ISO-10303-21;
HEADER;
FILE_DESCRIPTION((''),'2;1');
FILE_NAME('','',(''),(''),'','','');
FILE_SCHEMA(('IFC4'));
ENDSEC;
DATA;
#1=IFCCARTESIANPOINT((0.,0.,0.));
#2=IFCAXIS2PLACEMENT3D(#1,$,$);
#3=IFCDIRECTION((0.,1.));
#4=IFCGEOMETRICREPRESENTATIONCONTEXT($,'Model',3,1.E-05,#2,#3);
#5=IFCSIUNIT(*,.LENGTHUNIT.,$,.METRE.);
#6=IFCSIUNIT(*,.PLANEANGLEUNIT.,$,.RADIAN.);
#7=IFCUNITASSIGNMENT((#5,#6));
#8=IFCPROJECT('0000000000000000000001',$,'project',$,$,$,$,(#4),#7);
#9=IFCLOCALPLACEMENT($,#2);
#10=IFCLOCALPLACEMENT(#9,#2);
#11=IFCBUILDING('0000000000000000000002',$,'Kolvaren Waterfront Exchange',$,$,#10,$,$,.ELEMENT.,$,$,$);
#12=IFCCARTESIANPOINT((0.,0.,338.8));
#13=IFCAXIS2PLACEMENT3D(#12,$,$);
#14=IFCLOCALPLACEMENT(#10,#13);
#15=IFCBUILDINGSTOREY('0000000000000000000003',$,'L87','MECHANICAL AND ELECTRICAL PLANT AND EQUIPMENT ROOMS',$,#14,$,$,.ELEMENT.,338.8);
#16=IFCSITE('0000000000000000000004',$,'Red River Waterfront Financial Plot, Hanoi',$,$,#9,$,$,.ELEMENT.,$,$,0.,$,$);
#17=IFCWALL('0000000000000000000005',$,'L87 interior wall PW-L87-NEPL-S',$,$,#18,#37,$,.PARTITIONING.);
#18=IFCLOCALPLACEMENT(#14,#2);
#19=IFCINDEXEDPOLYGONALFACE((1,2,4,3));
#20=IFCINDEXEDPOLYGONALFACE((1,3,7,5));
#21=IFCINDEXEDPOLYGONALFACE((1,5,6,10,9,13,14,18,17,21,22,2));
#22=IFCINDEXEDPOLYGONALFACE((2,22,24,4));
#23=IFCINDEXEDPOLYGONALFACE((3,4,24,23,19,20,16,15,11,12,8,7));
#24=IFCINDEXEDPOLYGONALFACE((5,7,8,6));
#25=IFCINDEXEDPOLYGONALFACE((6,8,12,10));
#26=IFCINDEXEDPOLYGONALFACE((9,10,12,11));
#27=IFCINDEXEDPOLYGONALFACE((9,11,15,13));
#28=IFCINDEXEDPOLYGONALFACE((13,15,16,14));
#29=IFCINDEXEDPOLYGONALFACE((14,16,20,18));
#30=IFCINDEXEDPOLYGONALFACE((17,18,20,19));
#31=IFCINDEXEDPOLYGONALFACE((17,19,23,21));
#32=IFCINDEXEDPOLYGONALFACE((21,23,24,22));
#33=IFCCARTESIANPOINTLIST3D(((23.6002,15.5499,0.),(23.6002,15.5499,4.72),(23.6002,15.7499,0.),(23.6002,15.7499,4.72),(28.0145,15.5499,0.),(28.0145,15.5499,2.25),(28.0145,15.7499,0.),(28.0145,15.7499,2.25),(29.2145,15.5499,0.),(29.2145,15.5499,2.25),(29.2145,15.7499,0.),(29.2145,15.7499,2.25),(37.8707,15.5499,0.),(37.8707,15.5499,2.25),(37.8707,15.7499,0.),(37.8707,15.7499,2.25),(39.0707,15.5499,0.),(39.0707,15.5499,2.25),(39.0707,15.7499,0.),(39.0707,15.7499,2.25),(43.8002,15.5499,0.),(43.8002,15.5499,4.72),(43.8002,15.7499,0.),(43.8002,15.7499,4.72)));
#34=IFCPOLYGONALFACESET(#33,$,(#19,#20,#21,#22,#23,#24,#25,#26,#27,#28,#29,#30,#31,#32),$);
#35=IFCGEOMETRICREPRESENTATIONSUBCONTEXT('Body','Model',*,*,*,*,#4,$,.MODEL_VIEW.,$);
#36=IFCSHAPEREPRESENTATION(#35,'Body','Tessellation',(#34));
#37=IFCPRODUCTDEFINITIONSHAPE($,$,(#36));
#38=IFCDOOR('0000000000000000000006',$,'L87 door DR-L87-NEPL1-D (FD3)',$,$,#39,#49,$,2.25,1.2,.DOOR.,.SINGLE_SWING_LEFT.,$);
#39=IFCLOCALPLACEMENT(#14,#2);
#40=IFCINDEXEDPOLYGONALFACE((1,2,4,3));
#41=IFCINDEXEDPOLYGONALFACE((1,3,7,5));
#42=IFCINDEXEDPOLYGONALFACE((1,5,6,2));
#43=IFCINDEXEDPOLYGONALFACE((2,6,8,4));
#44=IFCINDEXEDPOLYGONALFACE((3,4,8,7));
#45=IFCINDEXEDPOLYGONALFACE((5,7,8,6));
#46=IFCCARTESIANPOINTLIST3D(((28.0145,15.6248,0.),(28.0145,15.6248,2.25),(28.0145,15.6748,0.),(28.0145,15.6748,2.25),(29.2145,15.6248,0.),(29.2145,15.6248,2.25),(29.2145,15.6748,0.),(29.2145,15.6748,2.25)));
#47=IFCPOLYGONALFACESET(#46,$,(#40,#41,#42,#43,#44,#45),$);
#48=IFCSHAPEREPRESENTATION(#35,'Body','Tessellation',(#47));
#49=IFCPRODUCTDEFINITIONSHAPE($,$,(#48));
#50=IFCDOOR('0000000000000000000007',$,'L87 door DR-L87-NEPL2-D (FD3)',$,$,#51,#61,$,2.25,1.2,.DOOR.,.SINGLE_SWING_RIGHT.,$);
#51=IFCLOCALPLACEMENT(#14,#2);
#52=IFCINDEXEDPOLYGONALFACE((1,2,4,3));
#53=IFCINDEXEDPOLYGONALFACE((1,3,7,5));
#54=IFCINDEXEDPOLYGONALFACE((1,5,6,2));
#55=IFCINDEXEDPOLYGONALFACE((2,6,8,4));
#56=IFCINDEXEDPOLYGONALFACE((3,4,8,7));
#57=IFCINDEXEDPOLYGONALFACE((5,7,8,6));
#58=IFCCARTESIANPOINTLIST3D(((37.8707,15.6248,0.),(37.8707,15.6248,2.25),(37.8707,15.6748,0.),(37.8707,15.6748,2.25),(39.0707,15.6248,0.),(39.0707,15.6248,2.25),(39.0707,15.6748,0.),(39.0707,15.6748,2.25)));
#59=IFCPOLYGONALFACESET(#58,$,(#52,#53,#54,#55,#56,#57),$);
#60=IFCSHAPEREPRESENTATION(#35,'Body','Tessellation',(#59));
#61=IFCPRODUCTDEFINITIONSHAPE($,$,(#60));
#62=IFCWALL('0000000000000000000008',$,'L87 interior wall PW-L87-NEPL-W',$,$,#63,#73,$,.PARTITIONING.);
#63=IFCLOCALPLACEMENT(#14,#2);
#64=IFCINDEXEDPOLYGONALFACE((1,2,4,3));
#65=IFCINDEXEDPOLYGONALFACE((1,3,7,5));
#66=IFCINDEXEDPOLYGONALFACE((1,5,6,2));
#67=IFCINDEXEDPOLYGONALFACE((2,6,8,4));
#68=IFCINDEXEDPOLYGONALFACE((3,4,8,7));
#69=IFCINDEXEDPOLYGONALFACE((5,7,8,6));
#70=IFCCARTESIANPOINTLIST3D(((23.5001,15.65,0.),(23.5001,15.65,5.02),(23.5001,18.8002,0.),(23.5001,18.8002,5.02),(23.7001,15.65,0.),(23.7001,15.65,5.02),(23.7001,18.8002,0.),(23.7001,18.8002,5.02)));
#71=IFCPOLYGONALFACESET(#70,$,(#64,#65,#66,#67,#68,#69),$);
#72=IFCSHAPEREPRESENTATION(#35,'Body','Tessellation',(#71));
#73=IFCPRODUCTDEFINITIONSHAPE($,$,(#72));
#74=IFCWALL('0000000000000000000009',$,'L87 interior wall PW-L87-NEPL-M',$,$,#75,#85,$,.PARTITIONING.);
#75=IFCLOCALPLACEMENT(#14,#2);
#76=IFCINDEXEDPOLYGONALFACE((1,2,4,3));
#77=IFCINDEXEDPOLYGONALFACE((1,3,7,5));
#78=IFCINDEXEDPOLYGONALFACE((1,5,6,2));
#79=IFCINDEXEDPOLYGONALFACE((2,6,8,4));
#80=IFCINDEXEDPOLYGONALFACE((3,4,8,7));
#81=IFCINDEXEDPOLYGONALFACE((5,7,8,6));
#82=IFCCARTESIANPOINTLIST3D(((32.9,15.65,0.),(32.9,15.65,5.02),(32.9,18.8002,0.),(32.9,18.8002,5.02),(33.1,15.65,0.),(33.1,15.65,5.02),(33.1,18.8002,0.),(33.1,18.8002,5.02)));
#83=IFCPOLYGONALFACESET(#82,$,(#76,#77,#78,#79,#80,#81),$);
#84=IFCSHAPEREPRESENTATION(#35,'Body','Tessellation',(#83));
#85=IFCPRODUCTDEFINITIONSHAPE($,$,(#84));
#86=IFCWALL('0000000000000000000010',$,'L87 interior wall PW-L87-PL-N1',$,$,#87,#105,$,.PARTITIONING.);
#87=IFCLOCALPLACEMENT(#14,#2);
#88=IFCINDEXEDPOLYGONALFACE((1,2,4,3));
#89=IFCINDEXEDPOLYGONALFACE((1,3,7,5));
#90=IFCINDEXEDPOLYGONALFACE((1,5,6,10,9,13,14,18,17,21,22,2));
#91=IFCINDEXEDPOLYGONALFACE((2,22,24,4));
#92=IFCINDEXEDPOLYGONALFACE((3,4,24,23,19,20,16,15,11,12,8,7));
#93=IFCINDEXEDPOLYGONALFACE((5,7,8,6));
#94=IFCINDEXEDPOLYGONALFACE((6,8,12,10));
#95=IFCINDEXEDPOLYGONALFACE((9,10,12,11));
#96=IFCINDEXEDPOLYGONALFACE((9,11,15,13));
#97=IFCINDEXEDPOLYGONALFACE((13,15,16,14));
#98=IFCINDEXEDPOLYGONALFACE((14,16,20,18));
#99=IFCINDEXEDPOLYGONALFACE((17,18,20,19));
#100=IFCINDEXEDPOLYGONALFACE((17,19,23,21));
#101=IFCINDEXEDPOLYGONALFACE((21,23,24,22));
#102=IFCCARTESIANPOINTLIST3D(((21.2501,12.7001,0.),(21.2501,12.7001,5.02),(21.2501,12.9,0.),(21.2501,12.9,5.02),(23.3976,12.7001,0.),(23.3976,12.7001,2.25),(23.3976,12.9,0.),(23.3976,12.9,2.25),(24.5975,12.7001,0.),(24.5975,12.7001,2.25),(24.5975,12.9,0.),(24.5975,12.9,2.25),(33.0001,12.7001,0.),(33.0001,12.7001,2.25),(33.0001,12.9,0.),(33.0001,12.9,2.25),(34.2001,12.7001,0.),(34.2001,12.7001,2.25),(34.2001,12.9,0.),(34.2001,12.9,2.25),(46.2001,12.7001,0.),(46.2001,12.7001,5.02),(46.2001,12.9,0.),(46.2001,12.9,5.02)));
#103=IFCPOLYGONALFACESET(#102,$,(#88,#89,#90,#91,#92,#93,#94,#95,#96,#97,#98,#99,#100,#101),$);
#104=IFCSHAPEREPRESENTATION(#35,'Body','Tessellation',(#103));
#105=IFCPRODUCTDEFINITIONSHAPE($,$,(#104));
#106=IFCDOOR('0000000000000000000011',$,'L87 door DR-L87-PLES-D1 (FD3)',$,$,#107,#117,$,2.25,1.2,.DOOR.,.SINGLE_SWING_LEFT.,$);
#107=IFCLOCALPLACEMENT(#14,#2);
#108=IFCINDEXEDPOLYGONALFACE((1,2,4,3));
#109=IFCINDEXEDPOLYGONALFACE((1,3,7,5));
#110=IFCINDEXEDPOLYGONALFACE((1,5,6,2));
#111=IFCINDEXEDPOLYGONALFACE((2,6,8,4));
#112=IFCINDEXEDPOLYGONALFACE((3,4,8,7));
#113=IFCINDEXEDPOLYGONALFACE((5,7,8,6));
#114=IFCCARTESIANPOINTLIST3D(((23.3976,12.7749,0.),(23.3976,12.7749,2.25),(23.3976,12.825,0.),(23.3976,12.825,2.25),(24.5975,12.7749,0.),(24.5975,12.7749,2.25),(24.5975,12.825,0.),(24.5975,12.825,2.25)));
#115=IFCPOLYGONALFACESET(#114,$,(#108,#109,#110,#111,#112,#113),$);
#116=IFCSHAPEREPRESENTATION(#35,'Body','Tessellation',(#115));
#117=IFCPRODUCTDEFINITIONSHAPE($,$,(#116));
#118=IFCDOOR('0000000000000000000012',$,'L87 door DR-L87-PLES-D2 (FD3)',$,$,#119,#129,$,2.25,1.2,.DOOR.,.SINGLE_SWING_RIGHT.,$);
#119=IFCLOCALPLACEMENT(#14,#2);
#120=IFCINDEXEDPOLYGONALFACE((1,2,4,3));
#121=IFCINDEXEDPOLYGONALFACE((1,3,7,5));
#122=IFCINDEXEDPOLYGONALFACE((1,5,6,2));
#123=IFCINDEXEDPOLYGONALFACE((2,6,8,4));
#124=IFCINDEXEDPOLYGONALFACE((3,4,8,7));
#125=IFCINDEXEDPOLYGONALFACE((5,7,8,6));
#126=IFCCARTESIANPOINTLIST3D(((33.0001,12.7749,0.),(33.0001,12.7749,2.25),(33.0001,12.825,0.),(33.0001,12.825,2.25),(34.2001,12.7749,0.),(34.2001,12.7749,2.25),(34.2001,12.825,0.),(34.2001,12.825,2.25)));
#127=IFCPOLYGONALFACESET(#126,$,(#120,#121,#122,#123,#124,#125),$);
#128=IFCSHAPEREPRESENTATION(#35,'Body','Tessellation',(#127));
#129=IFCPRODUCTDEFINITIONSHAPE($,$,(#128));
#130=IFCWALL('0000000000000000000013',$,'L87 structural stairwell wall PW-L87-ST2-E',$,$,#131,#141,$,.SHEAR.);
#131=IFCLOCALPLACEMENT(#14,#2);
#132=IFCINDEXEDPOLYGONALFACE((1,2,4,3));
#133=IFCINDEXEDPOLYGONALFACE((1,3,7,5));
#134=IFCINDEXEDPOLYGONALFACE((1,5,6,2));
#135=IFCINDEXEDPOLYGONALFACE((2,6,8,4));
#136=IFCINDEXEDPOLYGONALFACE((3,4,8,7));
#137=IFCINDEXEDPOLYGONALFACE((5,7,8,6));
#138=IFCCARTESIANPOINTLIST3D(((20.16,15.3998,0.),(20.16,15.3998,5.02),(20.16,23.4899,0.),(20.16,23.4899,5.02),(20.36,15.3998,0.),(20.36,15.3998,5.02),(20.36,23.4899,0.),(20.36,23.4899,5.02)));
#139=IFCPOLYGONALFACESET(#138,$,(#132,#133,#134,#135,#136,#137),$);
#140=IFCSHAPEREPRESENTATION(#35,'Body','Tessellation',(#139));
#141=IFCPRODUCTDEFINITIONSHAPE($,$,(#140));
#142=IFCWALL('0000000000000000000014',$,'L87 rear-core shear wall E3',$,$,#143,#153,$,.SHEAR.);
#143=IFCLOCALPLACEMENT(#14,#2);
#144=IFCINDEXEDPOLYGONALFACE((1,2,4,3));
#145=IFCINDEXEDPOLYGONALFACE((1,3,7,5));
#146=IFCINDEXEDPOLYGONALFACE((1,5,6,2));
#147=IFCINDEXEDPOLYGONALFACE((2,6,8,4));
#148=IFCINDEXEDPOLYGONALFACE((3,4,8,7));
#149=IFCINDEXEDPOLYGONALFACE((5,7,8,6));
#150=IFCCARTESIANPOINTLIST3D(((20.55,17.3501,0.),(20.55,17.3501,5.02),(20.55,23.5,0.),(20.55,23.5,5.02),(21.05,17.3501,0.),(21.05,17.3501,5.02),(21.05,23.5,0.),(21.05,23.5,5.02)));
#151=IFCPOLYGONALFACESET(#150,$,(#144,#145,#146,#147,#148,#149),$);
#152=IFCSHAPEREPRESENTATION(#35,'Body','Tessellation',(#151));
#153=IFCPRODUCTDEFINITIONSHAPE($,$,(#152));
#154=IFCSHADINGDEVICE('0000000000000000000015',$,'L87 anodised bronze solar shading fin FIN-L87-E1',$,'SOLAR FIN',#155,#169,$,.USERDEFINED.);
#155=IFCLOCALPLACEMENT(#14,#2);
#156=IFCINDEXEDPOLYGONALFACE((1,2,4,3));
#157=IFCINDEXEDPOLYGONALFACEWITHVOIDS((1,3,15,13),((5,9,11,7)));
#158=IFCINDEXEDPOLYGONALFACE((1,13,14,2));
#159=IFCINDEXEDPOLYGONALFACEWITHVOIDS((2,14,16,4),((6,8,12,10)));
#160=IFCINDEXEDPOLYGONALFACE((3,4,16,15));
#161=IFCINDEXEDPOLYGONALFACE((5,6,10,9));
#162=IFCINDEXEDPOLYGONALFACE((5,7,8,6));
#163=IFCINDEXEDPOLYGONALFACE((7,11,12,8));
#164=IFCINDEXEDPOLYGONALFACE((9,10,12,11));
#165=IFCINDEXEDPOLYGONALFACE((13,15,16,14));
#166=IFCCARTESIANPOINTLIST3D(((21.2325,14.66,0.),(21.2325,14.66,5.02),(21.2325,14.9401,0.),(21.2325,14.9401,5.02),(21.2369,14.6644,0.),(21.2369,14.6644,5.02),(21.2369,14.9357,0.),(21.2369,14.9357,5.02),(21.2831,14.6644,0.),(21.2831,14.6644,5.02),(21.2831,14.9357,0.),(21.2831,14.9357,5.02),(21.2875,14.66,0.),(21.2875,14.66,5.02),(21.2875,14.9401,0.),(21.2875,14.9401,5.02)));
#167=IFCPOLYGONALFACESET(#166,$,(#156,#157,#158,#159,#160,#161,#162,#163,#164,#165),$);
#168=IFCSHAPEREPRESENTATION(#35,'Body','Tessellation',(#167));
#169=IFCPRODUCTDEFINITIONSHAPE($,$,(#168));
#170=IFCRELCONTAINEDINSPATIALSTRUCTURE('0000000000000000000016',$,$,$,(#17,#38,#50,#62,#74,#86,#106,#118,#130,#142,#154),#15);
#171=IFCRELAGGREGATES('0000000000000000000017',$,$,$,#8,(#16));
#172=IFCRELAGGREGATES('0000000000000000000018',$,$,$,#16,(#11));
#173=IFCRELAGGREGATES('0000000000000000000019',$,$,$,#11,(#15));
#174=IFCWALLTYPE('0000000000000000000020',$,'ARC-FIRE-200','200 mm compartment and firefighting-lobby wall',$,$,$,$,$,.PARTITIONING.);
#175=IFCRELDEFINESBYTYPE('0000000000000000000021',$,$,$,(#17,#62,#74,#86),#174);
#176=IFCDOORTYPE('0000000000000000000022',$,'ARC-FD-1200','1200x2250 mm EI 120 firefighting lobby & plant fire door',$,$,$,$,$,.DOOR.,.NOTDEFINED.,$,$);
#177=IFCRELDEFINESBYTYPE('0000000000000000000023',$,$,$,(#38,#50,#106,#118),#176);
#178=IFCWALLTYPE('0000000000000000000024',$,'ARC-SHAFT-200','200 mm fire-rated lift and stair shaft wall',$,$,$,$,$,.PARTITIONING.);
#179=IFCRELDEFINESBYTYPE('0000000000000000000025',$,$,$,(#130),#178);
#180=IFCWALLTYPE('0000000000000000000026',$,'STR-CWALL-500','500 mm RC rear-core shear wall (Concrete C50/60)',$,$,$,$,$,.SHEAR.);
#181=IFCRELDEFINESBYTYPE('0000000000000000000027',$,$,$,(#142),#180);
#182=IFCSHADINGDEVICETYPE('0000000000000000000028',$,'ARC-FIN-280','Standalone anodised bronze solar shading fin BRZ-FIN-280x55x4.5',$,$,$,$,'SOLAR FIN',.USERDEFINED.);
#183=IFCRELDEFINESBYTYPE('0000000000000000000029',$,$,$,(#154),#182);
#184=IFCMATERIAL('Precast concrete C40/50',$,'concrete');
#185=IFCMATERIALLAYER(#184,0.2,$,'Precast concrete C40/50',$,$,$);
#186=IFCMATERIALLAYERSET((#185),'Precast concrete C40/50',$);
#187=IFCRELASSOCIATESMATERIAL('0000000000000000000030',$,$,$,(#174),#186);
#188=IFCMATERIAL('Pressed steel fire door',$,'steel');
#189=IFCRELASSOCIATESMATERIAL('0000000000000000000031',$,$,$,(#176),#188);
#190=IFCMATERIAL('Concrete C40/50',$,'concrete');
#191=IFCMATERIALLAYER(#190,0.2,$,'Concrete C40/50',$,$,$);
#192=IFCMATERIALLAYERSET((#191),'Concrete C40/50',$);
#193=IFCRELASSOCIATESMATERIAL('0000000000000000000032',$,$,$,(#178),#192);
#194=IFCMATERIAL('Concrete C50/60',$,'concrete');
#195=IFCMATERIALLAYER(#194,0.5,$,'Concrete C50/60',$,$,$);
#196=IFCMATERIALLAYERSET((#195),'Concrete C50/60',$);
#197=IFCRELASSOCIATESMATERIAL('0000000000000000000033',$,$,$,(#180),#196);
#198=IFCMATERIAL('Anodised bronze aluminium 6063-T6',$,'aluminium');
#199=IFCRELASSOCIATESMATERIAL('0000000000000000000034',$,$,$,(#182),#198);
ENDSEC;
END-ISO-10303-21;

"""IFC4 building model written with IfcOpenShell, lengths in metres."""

from ifc_helpers import new_model, si_unit, direction, frame, frame_2d, origin, origin_2d, place, context, subcontext, project, spatial, rectangle, hollow_rectangle, extrude, material, layer, layer_set, material_profile, profile_set, type_object, element, fill, save


model = new_model("IFC4")

# Units and contexts
model_context = context("Model", 3, precision=1e-05, world=origin(), true_north=direction((0.0, 1.0)))
body_context = subcontext(model_context, "Body", "Model", "MODEL_VIEW")
ifc_project = project(units=[si_unit("LENGTHUNIT", "METRE"), si_unit("PLANEANGLEUNIT", "RADIAN")], contexts=[model_context])

# Site, building, storey
site_placement = place(None, origin())
site = spatial("IfcSite", under=ifc_project, at=site_placement, Name="Red River Waterfront Financial Plot, Hanoi", CompositionType="ELEMENT", RefElevation=0.0)
building_placement = place(site_placement, origin())
building = spatial("IfcBuilding", under=site, at=building_placement, Name="Kolvaren Waterfront Exchange", CompositionType="ELEMENT")
storey_placement = place(building_placement, frame((0.0, 0.0, 338.8)))
storey = spatial("IfcBuildingStorey", under=building, at=storey_placement, Name="L87", Description="MECHANICAL AND ELECTRICAL PLANT AND EQUIPMENT ROOMS", CompositionType="ELEMENT", Elevation=338.8)

# Shared definitions
ifc_material_1 = material(Name="Concrete C50/60", Category="concrete")

# Wall, openings, doors
ifc_material_2 = material(Name="Precast concrete C40/50", Category="concrete")
ifc_layer_1 = layer(ifc_material_2, 0.2, Name="Precast concrete C40/50")
ifc_layer_set_1 = layer_set([ifc_layer_1], Name="Precast concrete C40/50")
wall_type_1 = type_object("IfcWallType", Name="ARC-FIRE-200", Description="200 mm compartment and firefighting-lobby wall", PredefinedType="PARTITIONING", material=ifc_layer_set_1)
wall_1_placement = place(storey_placement, frame((23.6001, 15.6499, 0.0), z_axis=(0.0, 0.0, 1.0), x_axis=(1.0, 0.0, 0.0)))
wall_1 = element("IfcWall", 1, at=wall_1_placement, inside=storey, type_object=wall_type_1, Name="L87 interior wall PW-L87-NEPL-S", PredefinedType="PARTITIONING", context=body_context, shape_type="SweptSolid", body=[
    extrude(rectangle(XDim=20.2, YDim=0.2, at=frame_2d((10.1001, 0.0))), origin(), (0.0, 0.0, 1.0), 4.72),
])
opening_1_placement = place(wall_1_placement, frame((4.4143, 0.0, 0.0)))
opening_1 = element("IfcOpeningElement", 2, at=opening_1_placement, cuts=wall_1, PredefinedType="OPENING", context=body_context, shape_type="SweptSolid", body=[
    extrude(rectangle(XDim=1.2, YDim=2.25, at=frame_2d((0.6001, 1.125))), frame((0.0, 0.1099, 0.0), z_axis=(0.0, -1.0, 0.0), x_axis=(1.0, 0.0, 0.0)), (0.0, 0.0, 1.0), 0.22),
])
opening_2_placement = place(wall_1_placement, frame((14.2705, 0.0, 0.0)))
opening_2 = element("IfcOpeningElement", 3, at=opening_2_placement, cuts=wall_1, PredefinedType="OPENING", context=body_context, shape_type="SweptSolid", body=[
    extrude(rectangle(XDim=1.2, YDim=2.25, at=frame_2d((0.6001, 1.125))), frame((0.0, 0.1099, 0.0), z_axis=(0.0, -1.0, 0.0), x_axis=(1.0, 0.0, 0.0)), (0.0, 0.0, 1.0), 0.22),
])
ifc_material_3 = material(Name="Pressed steel fire door", Category="steel")
door_type = type_object("IfcDoorType", Name="ARC-FD-1200", Description="1200x2250 mm EI 120 firefighting lobby & plant fire door", OperationType="NOTDEFINED", PredefinedType="DOOR", material=ifc_material_3)
door_1_placement = place(opening_1_placement, origin())
door_1 = element("IfcDoor", 4, at=door_1_placement, inside=storey, type_object=door_type, Name="L87 door DR-L87-NEPL1-D (FD3)", OperationType="SINGLE_SWING_LEFT", OverallHeight=2.25, OverallWidth=1.2, PredefinedType="DOOR", context=body_context, shape_type="SweptSolid", body=[
    extrude(rectangle(XDim=1.2, YDim=2.25, at=frame_2d((0.6001, 1.125))), frame((0.0, 0.0249, 0.0), z_axis=(0.0, -1.0, 0.0), x_axis=(1.0, 0.0, 0.0)), (0.0, 0.0, 1.0), 0.05),
])
fill(opening_1, door_1)
door_2_placement = place(opening_2_placement, origin())
door_2 = element("IfcDoor", 5, at=door_2_placement, inside=storey, type_object=door_type, Name="L87 door DR-L87-NEPL2-D (FD3)", OperationType="SINGLE_SWING_RIGHT", OverallHeight=2.25, OverallWidth=1.2, PredefinedType="DOOR", context=body_context, shape_type="SweptSolid", body=[
    extrude(rectangle(XDim=1.2, YDim=2.25, at=frame_2d((0.6001, 1.125))), frame((0.0, 0.0249, 0.0), z_axis=(0.0, -1.0, 0.0), x_axis=(1.0, 0.0, 0.0)), (0.0, 0.0, 1.0), 0.05),
])
fill(opening_2, door_2)

# Walls
for number, where, z_axis, x_axis, name in (
    (6, (23.6001, 15.6499, 0.0), (0.0, 0.0, 1.0), (0.0, 1.0, 0.0), "L87 interior wall PW-L87-NEPL-W"),
    (7, (33.0, 15.6499, 0.0), (0.0, 0.0, 1.0), (0.0, 1.0, 0.0), "L87 interior wall PW-L87-NEPL-M"),
):
    element("IfcWall", number, at=place(storey_placement, frame(where, z_axis=z_axis, x_axis=x_axis)), inside=storey, type_object=wall_type_1, Name=name, PredefinedType="PARTITIONING", context=body_context, shape_type="SweptSolid", body=[
        extrude(rectangle(XDim=3.1501, YDim=0.2, at=frame_2d((1.5752, 0.0))), origin(), (0.0, 0.0, 1.0), 5.02),
    ])

# Wall, openings, doors
wall_2_placement = place(storey_placement, frame((21.25, 12.8, 0.0), z_axis=(0.0, 0.0, 1.0), x_axis=(1.0, 0.0, 0.0)))
wall_2 = element("IfcWall", 8, at=wall_2_placement, inside=storey, type_object=wall_type_1, Name="L87 interior wall PW-L87-PL-N1", PredefinedType="PARTITIONING", context=body_context, shape_type="SweptSolid", body=[
    extrude(rectangle(XDim=24.95, YDim=0.2, at=frame_2d((12.4751, 0.0))), origin(), (0.0, 0.0, 1.0), 5.02),
])
opening_3_placement = place(wall_2_placement, frame((2.1475, 0.0, 0.0)))
opening_3 = element("IfcOpeningElement", 9, at=opening_3_placement, cuts=wall_2, PredefinedType="OPENING", context=body_context, shape_type="SweptSolid", body=[
    extrude(rectangle(XDim=1.2, YDim=2.25, at=frame_2d((0.6001, 1.125))), frame((0.0, 0.1099, 0.0), z_axis=(0.0, -1.0, 0.0), x_axis=(1.0, 0.0, 0.0)), (0.0, 0.0, 1.0), 0.22),
])
opening_4_placement = place(wall_2_placement, frame((11.75, 0.0, 0.0)))
opening_4 = element("IfcOpeningElement", 10, at=opening_4_placement, cuts=wall_2, PredefinedType="OPENING", context=body_context, shape_type="SweptSolid", body=[
    extrude(rectangle(XDim=1.2, YDim=2.25, at=frame_2d((0.6001, 1.125))), frame((0.0, 0.1099, 0.0), z_axis=(0.0, -1.0, 0.0), x_axis=(1.0, 0.0, 0.0)), (0.0, 0.0, 1.0), 0.22),
])
door_3_placement = place(opening_3_placement, origin())
door_3 = element("IfcDoor", 11, at=door_3_placement, inside=storey, type_object=door_type, Name="L87 door DR-L87-PLES-D1 (FD3)", OperationType="SINGLE_SWING_LEFT", OverallHeight=2.25, OverallWidth=1.2, PredefinedType="DOOR", context=body_context, shape_type="SweptSolid", body=[
    extrude(rectangle(XDim=1.2, YDim=2.25, at=frame_2d((0.6001, 1.125))), frame((0.0, 0.0249, 0.0), z_axis=(0.0, -1.0, 0.0), x_axis=(1.0, 0.0, 0.0)), (0.0, 0.0, 1.0), 0.05),
])
fill(opening_3, door_3)
door_4_placement = place(opening_4_placement, origin())
door_4 = element("IfcDoor", 12, at=door_4_placement, inside=storey, type_object=door_type, Name="L87 door DR-L87-PLES-D2 (FD3)", OperationType="SINGLE_SWING_RIGHT", OverallHeight=2.25, OverallWidth=1.2, PredefinedType="DOOR", context=body_context, shape_type="SweptSolid", body=[
    extrude(rectangle(XDim=1.2, YDim=2.25, at=frame_2d((0.6001, 1.125))), frame((0.0, 0.0249, 0.0), z_axis=(0.0, -1.0, 0.0), x_axis=(1.0, 0.0, 0.0)), (0.0, 0.0, 1.0), 0.05),
])
fill(opening_4, door_4)

# Walls
ifc_material_4 = material(Name="Concrete C40/50", Category="concrete")
ifc_layer_2 = layer(ifc_material_4, 0.2, Name="Concrete C40/50")
ifc_layer_set_2 = layer_set([ifc_layer_2], Name="Concrete C40/50")
wall_type_2 = type_object("IfcWallType", Name="ARC-SHAFT-200", Description="200 mm fire-rated lift and stair shaft wall", PredefinedType="PARTITIONING", material=ifc_layer_set_2)
wall_3_placement = place(storey_placement, frame((20.26, 15.3999, 0.0), z_axis=(0.0, 0.0, 1.0), x_axis=(0.0, 1.0, 0.0)))
element("IfcWall", 13, at=wall_3_placement, inside=storey, type_object=wall_type_2, Name="L87 structural stairwell wall PW-L87-ST2-E", PredefinedType="SHEAR", context=body_context, shape_type="SweptSolid", body=[
    extrude(rectangle(XDim=8.0901, YDim=0.2, at=frame_2d((4.0449, 0.0))), origin(), (0.0, 0.0, 1.0), 5.02),
])
ifc_layer_3 = layer(ifc_material_1, 0.5, Name="Concrete C50/60")
ifc_layer_set_3 = layer_set([ifc_layer_3], Name="Concrete C50/60")
wall_type_3 = type_object("IfcWallType", Name="STR-CWALL-500", Description="500 mm RC rear-core shear wall (Concrete C50/60)", PredefinedType="SHEAR", material=ifc_layer_set_3)
wall_4_placement = place(storey_placement, frame((20.8, 17.3501, 0.0), z_axis=(0.0, 0.0, 1.0), x_axis=(0.0, 1.0, 0.0)))
element("IfcWall", 14, at=wall_4_placement, inside=storey, type_object=wall_type_3, Name="L87 rear-core shear wall E3", PredefinedType="SHEAR", context=body_context, shape_type="SweptSolid", body=[
    extrude(rectangle(XDim=6.1499, YDim=0.5, at=frame_2d((3.075, 0.0))), origin(), (0.0, 0.0, 1.0), 5.02),
])

# Shading device
ifc_material_5 = material(Name="Anodised bronze aluminium 6063-T6", Category="aluminium")
ifc_material_profile_1 = material_profile(ifc_material_5, hollow_rectangle(XDim=0.0549, YDim=0.28, WallThickness=0.0044, at=origin_2d()), Name="BRZ-FIN-280x55x4.5")
ifc_profile_set_1 = profile_set([ifc_material_profile_1], Name="Anodised bronze aluminium 6063-T6")
shading_device_type = type_object("IfcShadingDeviceType", Name="ARC-FIN-280", Description="Standalone anodised bronze solar shading fin BRZ-FIN-280x55x4.5", ElementType="SOLAR FIN", PredefinedType="USERDEFINED", material=ifc_profile_set_1)
shading_device_placement = place(storey_placement, frame((21.26, 14.8, 0.0), z_axis=(0.0, 0.0, 1.0), x_axis=(1.0, 0.0, 0.0)))
element("IfcShadingDevice", 15, at=shading_device_placement, inside=storey, type_object=shading_device_type, Name="L87 anodised bronze solar shading fin FIN-L87-E1", ObjectType="SOLAR FIN", PredefinedType="USERDEFINED", context=body_context, shape_type="SweptSolid", body=[
    extrude(hollow_rectangle(XDim=0.0549, YDim=0.28, WallThickness=0.0044, at=origin_2d()), origin(), (0.0, 0.0, 1.0), 5.02),
])

save(model, "model.ifc")
